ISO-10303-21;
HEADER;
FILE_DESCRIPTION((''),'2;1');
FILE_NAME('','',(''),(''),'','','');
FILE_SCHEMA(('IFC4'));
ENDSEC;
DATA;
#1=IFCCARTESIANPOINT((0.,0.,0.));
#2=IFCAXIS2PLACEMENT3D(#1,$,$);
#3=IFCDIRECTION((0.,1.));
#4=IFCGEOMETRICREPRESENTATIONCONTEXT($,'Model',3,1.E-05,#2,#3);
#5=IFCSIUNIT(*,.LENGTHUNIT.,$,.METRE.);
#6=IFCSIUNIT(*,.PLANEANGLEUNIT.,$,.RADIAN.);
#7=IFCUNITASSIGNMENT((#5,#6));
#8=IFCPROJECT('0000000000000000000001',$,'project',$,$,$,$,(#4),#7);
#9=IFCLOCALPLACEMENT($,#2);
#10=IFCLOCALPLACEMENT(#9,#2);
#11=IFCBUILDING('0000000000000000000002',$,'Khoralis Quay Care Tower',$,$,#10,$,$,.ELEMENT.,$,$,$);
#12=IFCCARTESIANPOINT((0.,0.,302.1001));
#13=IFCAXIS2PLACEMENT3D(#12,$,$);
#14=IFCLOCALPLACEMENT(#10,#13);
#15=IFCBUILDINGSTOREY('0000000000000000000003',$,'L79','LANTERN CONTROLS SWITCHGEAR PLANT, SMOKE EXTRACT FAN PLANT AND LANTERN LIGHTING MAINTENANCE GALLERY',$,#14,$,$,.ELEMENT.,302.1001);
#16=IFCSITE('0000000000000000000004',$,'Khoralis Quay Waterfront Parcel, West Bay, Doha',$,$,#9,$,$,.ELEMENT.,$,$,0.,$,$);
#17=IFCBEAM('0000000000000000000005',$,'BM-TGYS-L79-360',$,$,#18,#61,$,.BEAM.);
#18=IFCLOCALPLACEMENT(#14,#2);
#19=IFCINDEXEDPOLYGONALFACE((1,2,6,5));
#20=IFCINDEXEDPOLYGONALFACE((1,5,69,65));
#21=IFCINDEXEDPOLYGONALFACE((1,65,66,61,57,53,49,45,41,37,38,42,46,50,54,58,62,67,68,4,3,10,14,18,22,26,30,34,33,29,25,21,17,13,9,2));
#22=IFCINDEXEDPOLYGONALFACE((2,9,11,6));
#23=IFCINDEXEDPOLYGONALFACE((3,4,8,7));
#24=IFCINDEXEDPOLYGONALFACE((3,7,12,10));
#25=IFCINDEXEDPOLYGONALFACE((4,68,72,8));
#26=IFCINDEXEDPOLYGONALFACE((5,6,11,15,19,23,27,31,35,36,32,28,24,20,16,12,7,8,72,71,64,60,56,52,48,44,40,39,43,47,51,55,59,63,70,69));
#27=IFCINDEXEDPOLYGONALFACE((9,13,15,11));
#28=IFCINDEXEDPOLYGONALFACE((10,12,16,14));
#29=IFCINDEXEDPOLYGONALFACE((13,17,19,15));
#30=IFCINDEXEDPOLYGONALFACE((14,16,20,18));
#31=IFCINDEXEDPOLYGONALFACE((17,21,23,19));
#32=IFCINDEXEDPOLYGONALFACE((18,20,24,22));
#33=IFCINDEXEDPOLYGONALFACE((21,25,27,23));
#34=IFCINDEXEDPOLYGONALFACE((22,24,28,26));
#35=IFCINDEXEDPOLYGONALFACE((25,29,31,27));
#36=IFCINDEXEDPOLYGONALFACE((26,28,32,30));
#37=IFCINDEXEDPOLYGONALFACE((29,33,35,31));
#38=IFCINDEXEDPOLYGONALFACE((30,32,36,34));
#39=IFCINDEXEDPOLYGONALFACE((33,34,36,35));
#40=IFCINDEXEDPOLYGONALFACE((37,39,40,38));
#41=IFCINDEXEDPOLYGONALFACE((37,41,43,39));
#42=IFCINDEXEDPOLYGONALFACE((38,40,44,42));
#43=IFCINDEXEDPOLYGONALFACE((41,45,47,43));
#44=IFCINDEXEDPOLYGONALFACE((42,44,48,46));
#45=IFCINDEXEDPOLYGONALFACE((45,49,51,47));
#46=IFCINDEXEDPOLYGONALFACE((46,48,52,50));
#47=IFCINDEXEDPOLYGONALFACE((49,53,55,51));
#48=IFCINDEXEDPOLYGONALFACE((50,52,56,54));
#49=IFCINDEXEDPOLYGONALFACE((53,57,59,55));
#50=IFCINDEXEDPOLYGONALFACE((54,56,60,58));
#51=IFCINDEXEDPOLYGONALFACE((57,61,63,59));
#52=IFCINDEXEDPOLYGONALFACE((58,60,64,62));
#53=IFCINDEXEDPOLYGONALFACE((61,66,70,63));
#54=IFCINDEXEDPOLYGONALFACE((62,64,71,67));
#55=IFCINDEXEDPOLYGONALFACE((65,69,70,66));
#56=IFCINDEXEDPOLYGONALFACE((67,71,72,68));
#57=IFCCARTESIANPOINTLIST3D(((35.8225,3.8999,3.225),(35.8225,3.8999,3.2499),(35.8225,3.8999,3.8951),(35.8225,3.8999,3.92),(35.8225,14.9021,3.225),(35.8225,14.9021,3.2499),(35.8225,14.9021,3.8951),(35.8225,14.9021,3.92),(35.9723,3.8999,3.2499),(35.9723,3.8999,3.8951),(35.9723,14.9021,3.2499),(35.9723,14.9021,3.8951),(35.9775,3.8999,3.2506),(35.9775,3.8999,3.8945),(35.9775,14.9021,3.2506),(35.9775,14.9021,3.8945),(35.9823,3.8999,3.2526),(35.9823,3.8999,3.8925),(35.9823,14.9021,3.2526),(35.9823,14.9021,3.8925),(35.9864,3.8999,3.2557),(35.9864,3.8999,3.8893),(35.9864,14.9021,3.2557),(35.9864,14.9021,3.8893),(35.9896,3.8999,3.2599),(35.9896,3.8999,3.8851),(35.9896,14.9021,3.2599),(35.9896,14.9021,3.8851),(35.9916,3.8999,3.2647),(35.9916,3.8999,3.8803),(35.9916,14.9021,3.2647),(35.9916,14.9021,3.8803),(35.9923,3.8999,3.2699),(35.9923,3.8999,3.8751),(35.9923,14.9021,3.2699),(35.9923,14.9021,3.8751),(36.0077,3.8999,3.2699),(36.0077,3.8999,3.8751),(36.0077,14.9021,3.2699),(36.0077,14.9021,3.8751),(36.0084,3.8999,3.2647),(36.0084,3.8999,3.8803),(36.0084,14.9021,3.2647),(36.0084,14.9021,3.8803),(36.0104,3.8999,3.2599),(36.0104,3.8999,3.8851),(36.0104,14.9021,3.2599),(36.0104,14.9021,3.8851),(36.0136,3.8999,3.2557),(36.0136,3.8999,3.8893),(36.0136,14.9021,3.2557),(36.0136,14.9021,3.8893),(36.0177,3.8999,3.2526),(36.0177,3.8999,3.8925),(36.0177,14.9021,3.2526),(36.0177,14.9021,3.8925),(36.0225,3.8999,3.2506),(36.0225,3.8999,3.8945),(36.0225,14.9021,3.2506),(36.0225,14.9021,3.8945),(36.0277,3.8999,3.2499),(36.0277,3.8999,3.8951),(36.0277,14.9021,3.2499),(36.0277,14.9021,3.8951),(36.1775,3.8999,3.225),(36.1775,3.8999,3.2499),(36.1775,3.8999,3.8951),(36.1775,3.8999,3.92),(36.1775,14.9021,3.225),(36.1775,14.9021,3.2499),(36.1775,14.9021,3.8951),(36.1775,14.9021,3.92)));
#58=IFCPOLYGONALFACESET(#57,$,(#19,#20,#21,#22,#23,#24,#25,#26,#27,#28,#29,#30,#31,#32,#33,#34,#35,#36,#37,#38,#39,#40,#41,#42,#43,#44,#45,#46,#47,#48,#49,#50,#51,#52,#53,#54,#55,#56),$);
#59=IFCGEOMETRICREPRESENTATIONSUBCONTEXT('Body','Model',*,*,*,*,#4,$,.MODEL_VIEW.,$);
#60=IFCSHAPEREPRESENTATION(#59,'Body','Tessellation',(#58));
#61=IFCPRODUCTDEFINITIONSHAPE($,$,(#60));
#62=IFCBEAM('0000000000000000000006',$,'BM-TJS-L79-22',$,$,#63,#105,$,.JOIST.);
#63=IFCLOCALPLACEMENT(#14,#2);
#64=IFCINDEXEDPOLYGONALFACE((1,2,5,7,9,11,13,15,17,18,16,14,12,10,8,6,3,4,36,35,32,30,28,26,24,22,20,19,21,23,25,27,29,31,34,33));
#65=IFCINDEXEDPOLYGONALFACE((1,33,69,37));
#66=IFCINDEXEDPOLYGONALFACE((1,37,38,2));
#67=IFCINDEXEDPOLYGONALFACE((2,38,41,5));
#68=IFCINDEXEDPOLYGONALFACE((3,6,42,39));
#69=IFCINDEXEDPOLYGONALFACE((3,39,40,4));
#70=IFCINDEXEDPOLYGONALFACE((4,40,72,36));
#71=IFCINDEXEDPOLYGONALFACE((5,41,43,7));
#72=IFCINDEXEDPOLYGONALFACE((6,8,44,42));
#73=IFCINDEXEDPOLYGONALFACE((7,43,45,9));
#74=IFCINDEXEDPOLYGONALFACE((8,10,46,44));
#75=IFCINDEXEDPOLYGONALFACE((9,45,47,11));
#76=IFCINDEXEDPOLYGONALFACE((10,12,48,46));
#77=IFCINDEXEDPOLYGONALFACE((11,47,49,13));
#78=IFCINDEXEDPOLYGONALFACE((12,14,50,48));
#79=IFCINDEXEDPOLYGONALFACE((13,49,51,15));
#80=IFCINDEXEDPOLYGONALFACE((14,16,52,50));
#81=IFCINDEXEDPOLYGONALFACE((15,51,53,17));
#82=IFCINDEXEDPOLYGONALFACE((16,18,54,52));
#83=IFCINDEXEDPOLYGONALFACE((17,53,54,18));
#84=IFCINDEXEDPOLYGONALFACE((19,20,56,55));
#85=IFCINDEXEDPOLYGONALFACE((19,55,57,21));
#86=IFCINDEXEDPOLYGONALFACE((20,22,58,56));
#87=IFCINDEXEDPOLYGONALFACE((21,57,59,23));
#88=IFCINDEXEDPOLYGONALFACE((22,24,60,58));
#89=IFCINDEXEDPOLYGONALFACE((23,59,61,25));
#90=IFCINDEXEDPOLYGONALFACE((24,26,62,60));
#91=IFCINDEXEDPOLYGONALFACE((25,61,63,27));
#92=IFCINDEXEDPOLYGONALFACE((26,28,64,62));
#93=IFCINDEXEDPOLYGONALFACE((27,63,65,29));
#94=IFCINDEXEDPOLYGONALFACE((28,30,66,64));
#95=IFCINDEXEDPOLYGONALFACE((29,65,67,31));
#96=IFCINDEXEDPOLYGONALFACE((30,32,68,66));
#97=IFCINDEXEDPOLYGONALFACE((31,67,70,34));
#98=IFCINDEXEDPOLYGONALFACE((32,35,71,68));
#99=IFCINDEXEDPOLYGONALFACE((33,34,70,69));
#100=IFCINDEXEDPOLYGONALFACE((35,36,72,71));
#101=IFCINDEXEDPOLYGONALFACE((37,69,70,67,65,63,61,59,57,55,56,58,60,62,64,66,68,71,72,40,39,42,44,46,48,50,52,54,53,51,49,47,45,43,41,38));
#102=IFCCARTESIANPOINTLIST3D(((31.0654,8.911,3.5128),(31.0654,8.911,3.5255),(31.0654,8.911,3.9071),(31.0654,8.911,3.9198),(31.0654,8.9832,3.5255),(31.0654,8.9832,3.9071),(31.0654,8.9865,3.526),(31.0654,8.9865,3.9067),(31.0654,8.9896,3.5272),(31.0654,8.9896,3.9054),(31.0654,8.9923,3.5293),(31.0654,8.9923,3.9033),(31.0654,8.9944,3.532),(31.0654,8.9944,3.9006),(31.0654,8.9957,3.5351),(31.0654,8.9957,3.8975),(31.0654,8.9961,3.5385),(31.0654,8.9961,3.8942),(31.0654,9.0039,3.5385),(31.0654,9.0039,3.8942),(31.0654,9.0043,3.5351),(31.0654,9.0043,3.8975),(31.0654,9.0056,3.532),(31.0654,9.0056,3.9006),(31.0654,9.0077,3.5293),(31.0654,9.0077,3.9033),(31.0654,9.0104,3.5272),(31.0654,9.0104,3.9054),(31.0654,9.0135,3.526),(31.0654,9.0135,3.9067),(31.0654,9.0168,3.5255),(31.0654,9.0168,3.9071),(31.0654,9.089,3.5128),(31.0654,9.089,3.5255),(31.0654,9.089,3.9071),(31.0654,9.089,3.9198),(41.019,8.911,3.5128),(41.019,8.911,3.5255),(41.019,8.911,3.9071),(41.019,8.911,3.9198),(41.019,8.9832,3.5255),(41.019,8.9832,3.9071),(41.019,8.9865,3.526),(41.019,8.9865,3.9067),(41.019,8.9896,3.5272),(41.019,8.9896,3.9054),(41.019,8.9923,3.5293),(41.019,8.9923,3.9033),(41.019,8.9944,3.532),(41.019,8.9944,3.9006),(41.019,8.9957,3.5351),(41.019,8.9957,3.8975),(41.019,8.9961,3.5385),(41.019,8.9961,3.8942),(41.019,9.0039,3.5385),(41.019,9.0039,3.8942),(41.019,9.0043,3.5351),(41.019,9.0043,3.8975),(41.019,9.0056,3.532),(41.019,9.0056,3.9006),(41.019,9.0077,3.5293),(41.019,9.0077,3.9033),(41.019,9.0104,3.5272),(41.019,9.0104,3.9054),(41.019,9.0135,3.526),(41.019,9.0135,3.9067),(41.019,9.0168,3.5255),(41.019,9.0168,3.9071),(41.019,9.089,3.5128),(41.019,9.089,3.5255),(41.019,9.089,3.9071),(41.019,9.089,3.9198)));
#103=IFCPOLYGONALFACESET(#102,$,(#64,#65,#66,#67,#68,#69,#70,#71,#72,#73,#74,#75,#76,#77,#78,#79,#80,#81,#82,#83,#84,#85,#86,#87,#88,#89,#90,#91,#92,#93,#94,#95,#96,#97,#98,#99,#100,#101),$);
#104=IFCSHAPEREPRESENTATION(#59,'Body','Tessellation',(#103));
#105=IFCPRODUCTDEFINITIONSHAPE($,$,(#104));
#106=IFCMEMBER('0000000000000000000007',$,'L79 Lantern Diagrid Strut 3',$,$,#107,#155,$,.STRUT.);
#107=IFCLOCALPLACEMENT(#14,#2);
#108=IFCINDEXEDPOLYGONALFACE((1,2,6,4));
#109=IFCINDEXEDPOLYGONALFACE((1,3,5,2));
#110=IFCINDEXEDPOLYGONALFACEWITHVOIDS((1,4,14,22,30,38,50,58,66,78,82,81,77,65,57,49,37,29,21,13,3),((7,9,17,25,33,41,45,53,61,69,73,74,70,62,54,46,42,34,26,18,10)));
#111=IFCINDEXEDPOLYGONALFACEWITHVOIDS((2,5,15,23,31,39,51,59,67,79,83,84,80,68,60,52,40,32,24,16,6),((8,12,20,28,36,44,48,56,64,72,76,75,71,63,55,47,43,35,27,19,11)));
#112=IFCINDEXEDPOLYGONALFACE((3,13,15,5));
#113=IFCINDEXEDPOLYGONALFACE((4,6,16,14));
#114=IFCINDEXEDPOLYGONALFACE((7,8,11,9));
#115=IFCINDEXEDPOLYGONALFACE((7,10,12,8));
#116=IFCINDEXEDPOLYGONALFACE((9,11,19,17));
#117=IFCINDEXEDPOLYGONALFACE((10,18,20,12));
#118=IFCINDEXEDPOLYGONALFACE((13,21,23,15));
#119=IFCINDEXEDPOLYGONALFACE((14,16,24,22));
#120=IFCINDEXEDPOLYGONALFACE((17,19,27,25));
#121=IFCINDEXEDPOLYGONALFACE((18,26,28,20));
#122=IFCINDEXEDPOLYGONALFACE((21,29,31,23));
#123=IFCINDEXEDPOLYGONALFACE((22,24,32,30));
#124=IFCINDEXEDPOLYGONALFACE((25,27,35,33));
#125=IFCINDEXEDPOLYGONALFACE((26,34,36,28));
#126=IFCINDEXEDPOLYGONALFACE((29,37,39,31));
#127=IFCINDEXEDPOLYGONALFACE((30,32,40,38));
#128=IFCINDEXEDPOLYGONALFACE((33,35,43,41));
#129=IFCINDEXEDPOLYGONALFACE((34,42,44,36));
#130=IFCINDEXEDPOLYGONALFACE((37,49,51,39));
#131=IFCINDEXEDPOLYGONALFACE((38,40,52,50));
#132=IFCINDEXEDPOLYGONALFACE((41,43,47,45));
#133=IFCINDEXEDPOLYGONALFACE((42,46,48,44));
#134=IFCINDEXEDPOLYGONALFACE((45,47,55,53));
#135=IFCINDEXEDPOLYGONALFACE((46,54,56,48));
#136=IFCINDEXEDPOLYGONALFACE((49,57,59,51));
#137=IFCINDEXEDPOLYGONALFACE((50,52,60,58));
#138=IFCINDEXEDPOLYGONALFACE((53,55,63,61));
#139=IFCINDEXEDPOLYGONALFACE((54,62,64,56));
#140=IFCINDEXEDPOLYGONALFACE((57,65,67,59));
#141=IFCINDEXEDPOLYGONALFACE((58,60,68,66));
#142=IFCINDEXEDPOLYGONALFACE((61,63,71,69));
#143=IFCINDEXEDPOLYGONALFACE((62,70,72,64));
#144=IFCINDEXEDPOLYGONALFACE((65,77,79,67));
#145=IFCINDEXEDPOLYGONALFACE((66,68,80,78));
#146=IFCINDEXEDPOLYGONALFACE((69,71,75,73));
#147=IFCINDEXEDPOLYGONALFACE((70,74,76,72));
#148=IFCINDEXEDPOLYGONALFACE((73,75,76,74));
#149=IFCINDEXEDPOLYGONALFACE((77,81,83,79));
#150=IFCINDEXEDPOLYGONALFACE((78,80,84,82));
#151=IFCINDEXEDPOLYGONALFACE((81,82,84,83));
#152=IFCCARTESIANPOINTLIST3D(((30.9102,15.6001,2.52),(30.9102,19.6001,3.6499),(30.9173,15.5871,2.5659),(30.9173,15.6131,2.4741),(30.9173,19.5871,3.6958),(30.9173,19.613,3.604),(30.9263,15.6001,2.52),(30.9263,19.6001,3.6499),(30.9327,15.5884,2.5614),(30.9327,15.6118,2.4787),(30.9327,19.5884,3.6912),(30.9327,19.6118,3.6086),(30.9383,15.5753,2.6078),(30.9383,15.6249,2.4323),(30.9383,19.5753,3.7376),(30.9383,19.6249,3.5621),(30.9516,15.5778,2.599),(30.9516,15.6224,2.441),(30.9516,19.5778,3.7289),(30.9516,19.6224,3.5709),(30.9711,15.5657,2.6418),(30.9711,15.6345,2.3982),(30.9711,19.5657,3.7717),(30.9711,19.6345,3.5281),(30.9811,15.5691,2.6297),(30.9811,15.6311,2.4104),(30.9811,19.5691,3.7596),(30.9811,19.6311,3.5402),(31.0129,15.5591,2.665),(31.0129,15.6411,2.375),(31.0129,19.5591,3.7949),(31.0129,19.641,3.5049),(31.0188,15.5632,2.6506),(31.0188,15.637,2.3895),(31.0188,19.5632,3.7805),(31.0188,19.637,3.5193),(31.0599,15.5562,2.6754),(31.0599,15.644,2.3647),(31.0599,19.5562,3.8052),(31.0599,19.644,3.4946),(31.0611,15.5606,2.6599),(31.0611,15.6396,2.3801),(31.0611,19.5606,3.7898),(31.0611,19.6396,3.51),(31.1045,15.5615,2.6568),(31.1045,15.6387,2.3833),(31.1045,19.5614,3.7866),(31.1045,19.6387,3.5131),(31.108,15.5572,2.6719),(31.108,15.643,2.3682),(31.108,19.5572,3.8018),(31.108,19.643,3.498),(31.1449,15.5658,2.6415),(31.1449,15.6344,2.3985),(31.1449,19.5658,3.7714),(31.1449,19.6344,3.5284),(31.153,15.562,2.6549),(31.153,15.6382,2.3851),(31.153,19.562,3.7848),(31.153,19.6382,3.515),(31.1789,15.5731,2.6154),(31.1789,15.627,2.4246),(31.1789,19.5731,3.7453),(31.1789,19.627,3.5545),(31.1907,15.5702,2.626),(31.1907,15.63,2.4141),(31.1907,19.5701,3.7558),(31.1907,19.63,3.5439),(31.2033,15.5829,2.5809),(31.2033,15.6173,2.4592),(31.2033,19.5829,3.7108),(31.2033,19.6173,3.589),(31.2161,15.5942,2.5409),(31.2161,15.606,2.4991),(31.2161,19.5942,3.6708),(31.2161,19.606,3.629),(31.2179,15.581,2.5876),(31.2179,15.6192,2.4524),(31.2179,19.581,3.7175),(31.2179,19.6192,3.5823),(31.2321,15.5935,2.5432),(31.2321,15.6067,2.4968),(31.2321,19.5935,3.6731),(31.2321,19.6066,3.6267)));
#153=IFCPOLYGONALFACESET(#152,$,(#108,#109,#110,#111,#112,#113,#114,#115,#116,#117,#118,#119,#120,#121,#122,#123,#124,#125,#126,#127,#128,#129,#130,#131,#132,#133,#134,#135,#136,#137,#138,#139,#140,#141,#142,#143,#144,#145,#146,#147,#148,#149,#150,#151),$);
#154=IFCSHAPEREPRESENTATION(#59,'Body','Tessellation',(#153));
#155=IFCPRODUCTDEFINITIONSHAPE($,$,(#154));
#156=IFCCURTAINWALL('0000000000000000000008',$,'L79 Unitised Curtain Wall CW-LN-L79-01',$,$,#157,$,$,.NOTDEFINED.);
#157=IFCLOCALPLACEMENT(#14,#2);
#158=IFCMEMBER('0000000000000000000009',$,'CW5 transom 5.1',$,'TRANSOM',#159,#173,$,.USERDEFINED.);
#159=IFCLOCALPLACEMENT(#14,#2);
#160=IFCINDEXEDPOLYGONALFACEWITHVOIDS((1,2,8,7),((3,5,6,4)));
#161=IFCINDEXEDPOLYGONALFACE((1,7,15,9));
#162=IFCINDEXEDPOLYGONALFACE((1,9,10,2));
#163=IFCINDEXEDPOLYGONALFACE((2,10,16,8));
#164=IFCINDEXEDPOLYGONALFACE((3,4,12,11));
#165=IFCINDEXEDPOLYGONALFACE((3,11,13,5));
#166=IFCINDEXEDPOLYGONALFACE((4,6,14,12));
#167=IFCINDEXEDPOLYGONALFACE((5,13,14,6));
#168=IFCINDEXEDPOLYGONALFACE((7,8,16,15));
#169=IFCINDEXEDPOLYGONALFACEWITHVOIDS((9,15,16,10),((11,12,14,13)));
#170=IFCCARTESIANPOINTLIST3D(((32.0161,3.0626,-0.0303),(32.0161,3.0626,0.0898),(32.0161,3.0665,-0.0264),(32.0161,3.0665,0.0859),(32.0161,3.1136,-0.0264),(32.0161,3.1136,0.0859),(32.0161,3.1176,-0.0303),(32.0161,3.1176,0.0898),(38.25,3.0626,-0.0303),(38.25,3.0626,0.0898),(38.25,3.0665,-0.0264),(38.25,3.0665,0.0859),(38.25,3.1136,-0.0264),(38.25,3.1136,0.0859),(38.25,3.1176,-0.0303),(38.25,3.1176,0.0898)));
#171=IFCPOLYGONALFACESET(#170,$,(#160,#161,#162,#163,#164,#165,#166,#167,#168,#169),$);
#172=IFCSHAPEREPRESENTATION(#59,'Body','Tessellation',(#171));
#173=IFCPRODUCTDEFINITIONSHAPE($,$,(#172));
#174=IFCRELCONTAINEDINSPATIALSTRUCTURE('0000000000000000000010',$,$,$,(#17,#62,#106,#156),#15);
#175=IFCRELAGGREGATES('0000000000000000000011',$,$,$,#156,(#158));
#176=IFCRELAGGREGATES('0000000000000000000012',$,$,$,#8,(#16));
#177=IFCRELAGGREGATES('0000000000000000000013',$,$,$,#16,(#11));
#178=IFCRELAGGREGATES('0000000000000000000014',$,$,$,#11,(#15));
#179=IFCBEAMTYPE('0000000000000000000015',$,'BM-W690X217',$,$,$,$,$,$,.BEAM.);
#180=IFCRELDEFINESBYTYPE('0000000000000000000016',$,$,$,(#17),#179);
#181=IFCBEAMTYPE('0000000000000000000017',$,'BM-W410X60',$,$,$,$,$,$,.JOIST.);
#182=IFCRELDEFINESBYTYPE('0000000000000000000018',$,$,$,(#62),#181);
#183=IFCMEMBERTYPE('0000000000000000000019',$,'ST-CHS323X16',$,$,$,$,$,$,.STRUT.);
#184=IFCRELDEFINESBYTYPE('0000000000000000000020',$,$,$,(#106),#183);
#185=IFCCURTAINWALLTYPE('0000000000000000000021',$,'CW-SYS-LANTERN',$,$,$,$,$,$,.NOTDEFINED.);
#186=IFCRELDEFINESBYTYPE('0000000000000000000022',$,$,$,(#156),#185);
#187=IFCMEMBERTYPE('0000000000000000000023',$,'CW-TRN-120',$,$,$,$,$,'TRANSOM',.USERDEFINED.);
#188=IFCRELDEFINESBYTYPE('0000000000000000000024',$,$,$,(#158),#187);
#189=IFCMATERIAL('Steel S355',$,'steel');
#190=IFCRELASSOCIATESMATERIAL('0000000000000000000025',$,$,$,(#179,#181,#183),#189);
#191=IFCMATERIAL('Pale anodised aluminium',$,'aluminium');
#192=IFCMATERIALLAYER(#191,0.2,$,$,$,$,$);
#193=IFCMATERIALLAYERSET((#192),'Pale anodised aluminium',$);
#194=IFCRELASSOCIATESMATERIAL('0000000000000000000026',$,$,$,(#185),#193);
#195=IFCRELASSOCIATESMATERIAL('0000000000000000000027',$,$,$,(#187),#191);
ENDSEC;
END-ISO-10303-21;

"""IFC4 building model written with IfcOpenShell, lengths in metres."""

from ifc_helpers import new_model, si_unit, direction, frame, origin, origin_2d, place, context, subcontext, project, spatial, hollow_rectangle, hollow_circle, i_section, extrude, source, transform, mapped, material, layer, layer_set, material_profile, profile_set, type_object, element, aggregate, save


model = new_model("IFC4")

# Units and contexts
model_context = context("Model", 3, precision=1e-05, world=origin(), true_north=direction((0.0, 1.0)))
body_context = subcontext(model_context, "Body", "Model", "MODEL_VIEW")
ifc_project = project(units=[si_unit("LENGTHUNIT", "METRE"), si_unit("PLANEANGLEUNIT", "RADIAN")], contexts=[model_context])

# Site, building, storey
site_placement = place(None, origin())
site = spatial("IfcSite", under=ifc_project, at=site_placement, Name="Khoralis Quay Waterfront Parcel, West Bay, Doha", CompositionType="ELEMENT", RefElevation=0.0)
building_placement = place(site_placement, origin())
building = spatial("IfcBuilding", under=site, at=building_placement, Name="Khoralis Quay Care Tower", CompositionType="ELEMENT")
storey_placement = place(building_placement, frame((0.0, 0.0, 302.1001)))
storey = spatial("IfcBuildingStorey", under=building, at=storey_placement, Name="L79", Description="LANTERN CONTROLS SWITCHGEAR PLANT, SMOKE EXTRACT FAN PLANT AND LANTERN LIGHTING MAINTENANCE GALLERY", CompositionType="ELEMENT", Elevation=302.1001)

# Beams
ifc_material_1 = material(Name="Steel S355", Category="steel")
ifc_material_profile_1 = material_profile(ifc_material_1, i_section(OverallWidth=0.355, OverallDepth=0.6951, WebThickness=0.0154, FlangeThickness=0.0249, FilletRadius=0.02, at=origin_2d()), Name="Steel S355")
ifc_profile_set_1 = profile_set([ifc_material_profile_1], Name="Steel S355")
beam_type_1 = type_object("IfcBeamType", Name="BM-W690X217", PredefinedType="BEAM", material=ifc_profile_set_1)
shared_shape_1 = source(origin(), body_context, "Body", "SweptSolid", [
    extrude(i_section(OverallWidth=0.355, OverallDepth=0.6951, WebThickness=0.0154, FlangeThickness=0.0249, FilletRadius=0.02, at=origin_2d()), origin(), (0.0, 0.0, 1.0), 11.0022),
])
beam_1_placement = place(storey_placement, frame((36.0, 3.8999, 3.5725), z_axis=(0.0, 1.0, 0.0), x_axis=(-1.0, 0.0, 0.0)))
element("IfcBeam", 1, at=beam_1_placement, inside=storey, type_object=beam_type_1, Name="BM-TGYS-L79-360", PredefinedType="BEAM", context=body_context, shape_type="MappedRepresentation", body=[
    mapped(shared_shape_1, transform((0.0, 0.0, 0.0), scale=1.0)),
])
ifc_material_profile_2 = material_profile(ifc_material_1, i_section(OverallWidth=0.178, OverallDepth=0.407, WebThickness=0.0078, FlangeThickness=0.0127, FilletRadius=0.0129, at=origin_2d()), Name="Steel S355")
ifc_profile_set_2 = profile_set([ifc_material_profile_2], Name="Steel S355")
beam_type_2 = type_object("IfcBeamType", Name="BM-W410X60", PredefinedType="JOIST", material=ifc_profile_set_2)
shared_shape_2 = source(origin(), body_context, "Body", "SweptSolid", [
    extrude(i_section(OverallWidth=0.178, OverallDepth=0.407, WebThickness=0.0078, FlangeThickness=0.0127, FilletRadius=0.0129, at=origin_2d()), origin(), (0.0, 0.0, 1.0), 9.9536),
])
beam_2_placement = place(storey_placement, frame((31.0654, 9.0, 3.7163), z_axis=(1.0, 0.0, 0.0), x_axis=(0.0, 1.0, 0.0)))
element("IfcBeam", 2, at=beam_2_placement, inside=storey, type_object=beam_type_2, Name="BM-TJS-L79-22", PredefinedType="JOIST", context=body_context, shape_type="MappedRepresentation", body=[
    mapped(shared_shape_2, transform((0.0, 0.0, 0.0), scale=1.0)),
])

# Member
ifc_material_profile_3 = material_profile(ifc_material_1, hollow_circle(Radius=0.1619, WallThickness=0.0161, at=origin_2d()), Name="Steel S355")
ifc_profile_set_3 = profile_set([ifc_material_profile_3], Name="Steel S355")
member_type_1 = type_object("IfcMemberType", Name="ST-CHS323X16", PredefinedType="STRUT", material=ifc_profile_set_3)
shared_shape_3 = source(origin(), body_context, "Body", "SweptSolid", [
    extrude(hollow_circle(Radius=0.1619, WallThickness=0.0161, at=origin_2d()), origin(), (0.0, 0.0, 1.0), 4.1565),
])
member_1_placement = place(storey_placement, frame((31.072, 15.6001, 2.52), z_axis=(0.0, 0.962344, 0.271834), x_axis=(-1.0, 0.0, 0.0)))
element("IfcMember", 3, at=member_1_placement, inside=storey, type_object=member_type_1, Name="L79 Lantern Diagrid Strut 3", PredefinedType="STRUT", context=body_context, shape_type="MappedRepresentation", body=[
    mapped(shared_shape_3, transform((0.0, 0.0, 0.0), scale=1.0)),
])

# Curtain wall, member
ifc_material_2 = material(Name="Pale anodised aluminium", Category="aluminium")
ifc_layer_1 = layer(ifc_material_2, 0.2)
ifc_layer_set_1 = layer_set([ifc_layer_1], Name="Pale anodised aluminium")
curtain_wall_type = type_object("IfcCurtainWallType", Name="CW-SYS-LANTERN", PredefinedType="NOTDEFINED", material=ifc_layer_set_1)
curtain_wall_placement = place(storey_placement, origin())
curtain_wall = element("IfcCurtainWall", 4, at=curtain_wall_placement, inside=storey, type_object=curtain_wall_type, Name="L79 Unitised Curtain Wall CW-LN-L79-01", PredefinedType="NOTDEFINED")
ifc_material_profile_4 = material_profile(ifc_material_2, hollow_rectangle(XDim=0.0549, YDim=0.1201, WallThickness=0.0039, at=origin_2d()), Name="Pale anodised aluminium")
ifc_profile_set_4 = profile_set([ifc_material_profile_4], Name="Pale anodised aluminium")
member_type_2 = type_object("IfcMemberType", Name="CW-TRN-120", ElementType="TRANSOM", PredefinedType="USERDEFINED", material=ifc_profile_set_4)
shared_shape_4 = source(origin(), body_context, "Body", "SweptSolid", [
    extrude(hollow_rectangle(XDim=0.0549, YDim=0.1201, WallThickness=0.0039, at=origin_2d()), origin(), (0.0, 0.0, 1.0), 6.2339),
])
member_2_placement = place(storey_placement, frame((32.0161, 3.0901, 0.0298), z_axis=(1.0, 0.0, 0.0), x_axis=(0.0, 1.0, 0.0)))
member_2 = element("IfcMember", 5, at=member_2_placement, type_object=member_type_2, Name="CW5 transom 5.1", ObjectType="TRANSOM", PredefinedType="USERDEFINED", context=body_context, shape_type="MappedRepresentation", body=[
    mapped(shared_shape_4, transform((0.0, 0.0, 0.0), scale=1.0)),
])

aggregate(curtain_wall, [member_2])

save(model, "model.ifc")
